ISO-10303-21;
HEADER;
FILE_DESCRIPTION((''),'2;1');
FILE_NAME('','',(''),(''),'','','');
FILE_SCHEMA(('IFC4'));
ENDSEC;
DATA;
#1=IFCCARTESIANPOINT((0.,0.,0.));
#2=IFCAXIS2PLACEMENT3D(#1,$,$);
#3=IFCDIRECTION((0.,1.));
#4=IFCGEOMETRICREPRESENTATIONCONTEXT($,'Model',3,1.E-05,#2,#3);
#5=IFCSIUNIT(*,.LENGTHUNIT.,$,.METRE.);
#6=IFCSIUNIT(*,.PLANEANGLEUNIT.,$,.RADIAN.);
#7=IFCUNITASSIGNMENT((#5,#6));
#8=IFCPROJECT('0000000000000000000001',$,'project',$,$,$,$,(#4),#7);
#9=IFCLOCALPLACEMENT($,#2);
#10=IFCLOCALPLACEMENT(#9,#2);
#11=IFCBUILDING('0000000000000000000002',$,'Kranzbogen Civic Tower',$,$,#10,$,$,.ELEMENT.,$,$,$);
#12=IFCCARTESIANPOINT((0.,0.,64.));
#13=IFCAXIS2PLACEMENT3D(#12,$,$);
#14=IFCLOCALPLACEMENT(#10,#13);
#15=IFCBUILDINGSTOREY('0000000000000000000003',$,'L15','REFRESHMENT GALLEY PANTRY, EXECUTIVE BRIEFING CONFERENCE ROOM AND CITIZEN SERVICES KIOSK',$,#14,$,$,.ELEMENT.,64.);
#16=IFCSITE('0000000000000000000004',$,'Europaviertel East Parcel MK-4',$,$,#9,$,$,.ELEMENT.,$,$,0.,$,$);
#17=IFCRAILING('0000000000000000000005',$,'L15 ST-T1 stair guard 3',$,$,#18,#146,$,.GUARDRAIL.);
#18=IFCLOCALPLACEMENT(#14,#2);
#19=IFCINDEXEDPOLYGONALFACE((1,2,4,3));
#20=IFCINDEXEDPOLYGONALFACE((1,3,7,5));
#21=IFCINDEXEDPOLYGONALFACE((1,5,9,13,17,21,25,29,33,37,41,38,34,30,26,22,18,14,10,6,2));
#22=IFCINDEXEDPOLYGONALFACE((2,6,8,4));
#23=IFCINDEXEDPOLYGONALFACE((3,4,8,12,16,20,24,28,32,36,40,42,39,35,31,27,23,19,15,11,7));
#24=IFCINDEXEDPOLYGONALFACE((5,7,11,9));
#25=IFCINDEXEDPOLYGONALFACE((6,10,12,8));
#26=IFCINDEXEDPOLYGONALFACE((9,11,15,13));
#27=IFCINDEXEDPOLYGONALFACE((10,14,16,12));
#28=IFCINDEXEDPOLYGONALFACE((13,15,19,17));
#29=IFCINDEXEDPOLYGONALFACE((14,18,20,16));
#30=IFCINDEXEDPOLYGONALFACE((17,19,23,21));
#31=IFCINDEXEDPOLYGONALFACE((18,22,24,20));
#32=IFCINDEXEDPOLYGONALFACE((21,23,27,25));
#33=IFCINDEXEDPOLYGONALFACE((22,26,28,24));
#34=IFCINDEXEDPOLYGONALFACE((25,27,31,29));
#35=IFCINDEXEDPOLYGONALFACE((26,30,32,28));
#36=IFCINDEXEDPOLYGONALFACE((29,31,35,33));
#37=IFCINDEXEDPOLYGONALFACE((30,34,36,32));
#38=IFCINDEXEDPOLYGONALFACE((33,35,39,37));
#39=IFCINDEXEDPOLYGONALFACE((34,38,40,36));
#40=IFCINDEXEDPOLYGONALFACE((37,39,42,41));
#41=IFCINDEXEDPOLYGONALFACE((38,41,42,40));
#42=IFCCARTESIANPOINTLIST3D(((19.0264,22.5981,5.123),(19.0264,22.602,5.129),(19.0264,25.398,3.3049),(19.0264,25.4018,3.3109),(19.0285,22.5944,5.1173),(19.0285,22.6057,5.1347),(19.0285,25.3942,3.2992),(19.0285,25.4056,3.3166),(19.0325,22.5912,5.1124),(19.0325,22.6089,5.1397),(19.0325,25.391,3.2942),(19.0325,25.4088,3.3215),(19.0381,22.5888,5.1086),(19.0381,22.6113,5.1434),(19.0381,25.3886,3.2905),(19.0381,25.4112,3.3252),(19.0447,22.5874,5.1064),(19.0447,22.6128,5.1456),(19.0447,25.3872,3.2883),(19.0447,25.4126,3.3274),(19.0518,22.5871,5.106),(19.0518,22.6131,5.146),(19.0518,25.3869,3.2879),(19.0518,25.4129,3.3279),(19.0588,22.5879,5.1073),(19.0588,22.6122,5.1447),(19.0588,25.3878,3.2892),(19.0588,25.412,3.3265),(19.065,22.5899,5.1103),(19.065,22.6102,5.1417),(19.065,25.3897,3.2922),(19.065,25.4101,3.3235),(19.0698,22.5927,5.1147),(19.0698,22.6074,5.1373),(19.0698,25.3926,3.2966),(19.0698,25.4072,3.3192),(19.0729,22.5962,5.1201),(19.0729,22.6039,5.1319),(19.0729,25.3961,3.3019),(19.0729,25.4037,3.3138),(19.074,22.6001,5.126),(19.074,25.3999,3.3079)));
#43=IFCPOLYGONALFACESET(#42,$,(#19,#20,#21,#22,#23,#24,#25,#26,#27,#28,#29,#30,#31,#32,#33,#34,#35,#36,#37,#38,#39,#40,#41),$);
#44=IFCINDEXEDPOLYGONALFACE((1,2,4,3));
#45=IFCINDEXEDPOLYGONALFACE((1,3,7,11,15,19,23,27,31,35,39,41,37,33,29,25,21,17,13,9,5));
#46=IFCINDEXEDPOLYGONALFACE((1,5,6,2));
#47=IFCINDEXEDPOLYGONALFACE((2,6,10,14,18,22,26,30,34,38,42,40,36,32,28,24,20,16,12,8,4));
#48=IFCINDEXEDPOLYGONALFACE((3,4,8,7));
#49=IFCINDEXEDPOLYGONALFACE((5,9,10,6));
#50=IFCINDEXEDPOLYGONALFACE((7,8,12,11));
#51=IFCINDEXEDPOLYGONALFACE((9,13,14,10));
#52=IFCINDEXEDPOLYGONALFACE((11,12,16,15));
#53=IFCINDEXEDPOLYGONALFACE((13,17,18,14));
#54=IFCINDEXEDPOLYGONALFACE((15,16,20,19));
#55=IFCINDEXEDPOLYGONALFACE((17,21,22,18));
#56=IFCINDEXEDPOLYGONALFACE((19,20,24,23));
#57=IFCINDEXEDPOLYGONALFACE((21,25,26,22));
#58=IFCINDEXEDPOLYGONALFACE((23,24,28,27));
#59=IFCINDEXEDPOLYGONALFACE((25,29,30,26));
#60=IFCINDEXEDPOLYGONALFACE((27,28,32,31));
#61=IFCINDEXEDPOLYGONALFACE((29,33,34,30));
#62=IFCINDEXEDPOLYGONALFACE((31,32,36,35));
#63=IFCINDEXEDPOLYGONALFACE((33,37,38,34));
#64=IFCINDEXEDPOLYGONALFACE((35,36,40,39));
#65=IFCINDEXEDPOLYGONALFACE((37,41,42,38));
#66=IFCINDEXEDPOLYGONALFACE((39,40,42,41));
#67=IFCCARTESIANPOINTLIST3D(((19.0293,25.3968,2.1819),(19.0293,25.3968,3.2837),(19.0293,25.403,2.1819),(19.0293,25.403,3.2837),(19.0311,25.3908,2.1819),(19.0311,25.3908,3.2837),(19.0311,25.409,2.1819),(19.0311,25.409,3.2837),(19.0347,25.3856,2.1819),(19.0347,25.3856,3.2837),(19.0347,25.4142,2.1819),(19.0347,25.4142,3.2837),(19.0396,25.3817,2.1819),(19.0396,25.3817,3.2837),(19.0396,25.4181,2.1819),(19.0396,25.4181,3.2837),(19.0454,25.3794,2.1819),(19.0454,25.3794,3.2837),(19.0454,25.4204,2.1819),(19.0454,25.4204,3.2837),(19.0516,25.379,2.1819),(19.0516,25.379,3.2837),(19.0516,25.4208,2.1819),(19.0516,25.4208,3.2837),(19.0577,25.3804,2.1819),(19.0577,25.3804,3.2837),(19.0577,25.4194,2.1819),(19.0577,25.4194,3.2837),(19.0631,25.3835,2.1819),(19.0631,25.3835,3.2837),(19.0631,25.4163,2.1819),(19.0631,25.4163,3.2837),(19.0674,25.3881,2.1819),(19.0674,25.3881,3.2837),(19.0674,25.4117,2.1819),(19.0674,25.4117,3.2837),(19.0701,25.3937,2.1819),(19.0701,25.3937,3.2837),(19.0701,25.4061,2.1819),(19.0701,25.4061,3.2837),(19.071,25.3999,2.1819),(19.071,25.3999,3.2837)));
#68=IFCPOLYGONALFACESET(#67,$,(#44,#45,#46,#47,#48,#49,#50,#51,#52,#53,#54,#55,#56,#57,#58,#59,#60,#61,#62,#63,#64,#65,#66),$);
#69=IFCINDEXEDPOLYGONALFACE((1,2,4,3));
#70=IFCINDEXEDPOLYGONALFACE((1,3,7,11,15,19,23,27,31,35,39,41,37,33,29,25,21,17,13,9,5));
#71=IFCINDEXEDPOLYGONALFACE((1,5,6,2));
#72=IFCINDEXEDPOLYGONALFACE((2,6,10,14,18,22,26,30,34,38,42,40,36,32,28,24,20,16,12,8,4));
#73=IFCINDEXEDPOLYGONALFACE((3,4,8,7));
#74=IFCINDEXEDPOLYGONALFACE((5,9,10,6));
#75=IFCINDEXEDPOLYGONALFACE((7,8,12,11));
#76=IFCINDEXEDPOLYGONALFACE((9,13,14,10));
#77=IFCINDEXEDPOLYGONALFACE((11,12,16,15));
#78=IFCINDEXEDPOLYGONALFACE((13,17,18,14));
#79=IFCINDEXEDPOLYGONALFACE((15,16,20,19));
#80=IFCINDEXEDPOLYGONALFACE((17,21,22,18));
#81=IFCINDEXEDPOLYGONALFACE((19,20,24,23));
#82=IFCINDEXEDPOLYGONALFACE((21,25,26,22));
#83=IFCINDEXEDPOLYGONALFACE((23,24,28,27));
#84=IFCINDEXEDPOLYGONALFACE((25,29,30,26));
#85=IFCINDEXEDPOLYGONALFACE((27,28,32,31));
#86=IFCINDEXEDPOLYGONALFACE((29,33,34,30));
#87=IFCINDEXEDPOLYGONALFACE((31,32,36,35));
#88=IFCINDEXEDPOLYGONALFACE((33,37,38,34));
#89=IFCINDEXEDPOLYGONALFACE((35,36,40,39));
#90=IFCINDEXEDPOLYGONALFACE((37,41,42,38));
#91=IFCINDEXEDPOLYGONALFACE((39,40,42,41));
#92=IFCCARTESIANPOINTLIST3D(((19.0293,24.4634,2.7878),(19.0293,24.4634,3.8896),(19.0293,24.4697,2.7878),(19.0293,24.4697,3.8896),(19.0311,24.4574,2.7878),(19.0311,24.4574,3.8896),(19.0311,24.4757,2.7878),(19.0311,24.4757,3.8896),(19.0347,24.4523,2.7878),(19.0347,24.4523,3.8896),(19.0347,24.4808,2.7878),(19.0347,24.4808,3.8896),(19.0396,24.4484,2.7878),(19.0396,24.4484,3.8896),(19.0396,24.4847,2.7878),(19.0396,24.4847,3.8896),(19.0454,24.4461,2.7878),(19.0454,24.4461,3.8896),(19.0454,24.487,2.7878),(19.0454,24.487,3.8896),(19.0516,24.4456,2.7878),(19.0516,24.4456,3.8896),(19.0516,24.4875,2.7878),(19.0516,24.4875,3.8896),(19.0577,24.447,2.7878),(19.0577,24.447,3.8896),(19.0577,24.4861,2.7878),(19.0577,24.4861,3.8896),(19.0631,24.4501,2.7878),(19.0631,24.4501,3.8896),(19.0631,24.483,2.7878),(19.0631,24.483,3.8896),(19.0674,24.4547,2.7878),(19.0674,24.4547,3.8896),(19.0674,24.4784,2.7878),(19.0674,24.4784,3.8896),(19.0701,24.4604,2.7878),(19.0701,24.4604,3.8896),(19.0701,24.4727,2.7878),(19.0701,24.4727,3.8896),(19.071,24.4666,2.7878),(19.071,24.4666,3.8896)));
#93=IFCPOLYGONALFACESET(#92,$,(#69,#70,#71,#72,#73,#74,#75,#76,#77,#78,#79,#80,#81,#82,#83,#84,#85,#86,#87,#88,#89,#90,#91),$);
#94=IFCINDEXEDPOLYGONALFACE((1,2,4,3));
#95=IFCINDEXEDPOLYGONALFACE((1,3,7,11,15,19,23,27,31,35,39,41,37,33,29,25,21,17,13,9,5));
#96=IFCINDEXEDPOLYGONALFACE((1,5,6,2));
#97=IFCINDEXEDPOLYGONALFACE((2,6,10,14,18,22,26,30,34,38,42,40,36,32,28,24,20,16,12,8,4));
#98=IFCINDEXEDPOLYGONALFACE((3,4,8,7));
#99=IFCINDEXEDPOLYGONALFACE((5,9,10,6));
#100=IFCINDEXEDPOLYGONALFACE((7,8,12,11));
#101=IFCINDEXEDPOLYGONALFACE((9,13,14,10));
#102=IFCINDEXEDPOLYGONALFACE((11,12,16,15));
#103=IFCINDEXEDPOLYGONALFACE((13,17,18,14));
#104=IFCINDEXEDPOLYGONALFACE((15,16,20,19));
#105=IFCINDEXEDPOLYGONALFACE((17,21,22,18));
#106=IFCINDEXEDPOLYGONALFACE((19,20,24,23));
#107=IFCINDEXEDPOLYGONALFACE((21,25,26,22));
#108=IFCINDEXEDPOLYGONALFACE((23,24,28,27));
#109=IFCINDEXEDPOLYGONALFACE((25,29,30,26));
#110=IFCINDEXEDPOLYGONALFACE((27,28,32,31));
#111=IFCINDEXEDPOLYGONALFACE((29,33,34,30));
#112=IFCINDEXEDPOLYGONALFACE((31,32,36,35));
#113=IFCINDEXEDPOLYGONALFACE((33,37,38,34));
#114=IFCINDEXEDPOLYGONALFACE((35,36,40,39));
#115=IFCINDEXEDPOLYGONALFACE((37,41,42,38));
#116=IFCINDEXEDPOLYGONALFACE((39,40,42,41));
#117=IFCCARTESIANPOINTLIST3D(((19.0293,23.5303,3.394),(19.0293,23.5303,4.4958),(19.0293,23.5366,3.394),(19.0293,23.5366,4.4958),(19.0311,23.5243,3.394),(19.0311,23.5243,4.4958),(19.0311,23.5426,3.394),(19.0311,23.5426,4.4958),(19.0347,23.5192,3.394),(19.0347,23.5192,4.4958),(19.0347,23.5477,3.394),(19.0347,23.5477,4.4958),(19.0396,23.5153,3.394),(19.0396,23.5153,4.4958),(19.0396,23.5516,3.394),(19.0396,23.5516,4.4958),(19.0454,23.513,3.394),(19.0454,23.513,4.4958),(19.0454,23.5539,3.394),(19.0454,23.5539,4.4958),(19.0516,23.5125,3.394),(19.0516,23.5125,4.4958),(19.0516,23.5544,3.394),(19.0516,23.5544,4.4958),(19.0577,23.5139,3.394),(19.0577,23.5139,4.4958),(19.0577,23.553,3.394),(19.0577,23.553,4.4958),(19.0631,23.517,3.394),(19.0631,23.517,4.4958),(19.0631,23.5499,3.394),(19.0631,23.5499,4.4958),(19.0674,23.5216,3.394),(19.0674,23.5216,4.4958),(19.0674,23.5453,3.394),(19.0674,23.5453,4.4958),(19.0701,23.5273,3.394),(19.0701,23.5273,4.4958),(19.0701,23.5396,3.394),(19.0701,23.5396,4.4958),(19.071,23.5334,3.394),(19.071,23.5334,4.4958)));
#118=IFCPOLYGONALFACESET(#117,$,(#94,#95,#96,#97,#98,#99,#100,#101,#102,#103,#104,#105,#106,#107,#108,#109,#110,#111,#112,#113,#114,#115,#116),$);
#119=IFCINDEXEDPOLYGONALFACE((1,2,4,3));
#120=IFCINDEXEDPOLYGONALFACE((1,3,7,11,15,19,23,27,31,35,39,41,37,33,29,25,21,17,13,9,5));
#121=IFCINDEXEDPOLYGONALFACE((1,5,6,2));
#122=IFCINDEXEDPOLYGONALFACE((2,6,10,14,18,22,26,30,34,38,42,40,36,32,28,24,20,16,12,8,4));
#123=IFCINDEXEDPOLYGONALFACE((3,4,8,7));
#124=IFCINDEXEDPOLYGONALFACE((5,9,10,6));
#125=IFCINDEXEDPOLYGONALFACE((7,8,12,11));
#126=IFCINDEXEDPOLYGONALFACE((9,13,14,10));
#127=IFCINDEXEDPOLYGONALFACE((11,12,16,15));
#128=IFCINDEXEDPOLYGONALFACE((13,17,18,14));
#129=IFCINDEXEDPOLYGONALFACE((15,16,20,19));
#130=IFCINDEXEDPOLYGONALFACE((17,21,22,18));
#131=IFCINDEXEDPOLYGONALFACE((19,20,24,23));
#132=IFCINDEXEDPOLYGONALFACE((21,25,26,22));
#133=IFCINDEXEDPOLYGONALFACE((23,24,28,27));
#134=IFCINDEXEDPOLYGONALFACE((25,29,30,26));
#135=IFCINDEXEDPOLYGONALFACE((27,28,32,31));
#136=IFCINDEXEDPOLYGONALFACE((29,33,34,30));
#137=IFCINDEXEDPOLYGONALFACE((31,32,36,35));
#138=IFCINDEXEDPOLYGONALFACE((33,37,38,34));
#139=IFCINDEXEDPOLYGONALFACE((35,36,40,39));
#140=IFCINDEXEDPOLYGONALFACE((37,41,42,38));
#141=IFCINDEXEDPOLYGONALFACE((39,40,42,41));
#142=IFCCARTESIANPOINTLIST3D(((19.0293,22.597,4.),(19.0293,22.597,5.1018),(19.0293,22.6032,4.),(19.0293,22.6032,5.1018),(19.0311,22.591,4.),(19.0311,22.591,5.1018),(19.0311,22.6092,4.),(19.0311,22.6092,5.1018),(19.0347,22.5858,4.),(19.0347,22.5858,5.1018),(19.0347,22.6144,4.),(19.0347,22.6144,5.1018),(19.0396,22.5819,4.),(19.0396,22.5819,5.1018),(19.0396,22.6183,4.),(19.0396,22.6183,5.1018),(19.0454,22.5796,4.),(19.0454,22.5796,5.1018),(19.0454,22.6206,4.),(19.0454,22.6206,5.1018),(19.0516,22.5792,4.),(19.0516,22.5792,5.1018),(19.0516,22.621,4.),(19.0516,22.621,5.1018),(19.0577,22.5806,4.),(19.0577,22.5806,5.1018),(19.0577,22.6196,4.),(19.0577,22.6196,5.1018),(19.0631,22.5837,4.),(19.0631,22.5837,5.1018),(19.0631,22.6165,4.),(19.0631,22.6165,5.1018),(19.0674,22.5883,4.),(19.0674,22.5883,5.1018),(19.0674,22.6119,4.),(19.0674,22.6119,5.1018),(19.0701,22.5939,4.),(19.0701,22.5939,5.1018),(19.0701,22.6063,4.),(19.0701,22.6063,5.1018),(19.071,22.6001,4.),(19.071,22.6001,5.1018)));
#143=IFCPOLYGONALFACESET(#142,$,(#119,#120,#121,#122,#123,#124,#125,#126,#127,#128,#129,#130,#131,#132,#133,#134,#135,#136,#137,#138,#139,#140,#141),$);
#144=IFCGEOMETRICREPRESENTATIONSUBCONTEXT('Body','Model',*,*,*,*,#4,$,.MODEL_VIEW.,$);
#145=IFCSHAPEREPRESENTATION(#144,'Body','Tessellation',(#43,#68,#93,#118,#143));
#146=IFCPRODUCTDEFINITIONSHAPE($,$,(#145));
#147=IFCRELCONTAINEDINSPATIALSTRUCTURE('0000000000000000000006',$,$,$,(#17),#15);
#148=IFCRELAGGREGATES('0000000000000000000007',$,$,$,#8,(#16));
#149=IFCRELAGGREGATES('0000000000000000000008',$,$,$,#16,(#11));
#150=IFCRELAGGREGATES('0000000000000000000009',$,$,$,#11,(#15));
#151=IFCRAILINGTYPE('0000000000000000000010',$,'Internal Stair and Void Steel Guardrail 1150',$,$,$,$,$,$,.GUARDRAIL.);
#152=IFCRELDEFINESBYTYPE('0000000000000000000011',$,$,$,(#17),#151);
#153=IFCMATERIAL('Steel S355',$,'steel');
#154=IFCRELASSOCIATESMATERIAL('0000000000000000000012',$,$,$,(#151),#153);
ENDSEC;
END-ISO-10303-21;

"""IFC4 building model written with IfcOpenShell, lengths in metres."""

from ifc_helpers import new_model, si_unit, direction, frame, origin, origin_2d, place, context, subcontext, project, spatial, circle, extrude, material, type_object, element, save


model = new_model("IFC4")

# Units and contexts
model_context = context("Model", 3, precision=1e-05, world=origin(), true_north=direction((0.0, 1.0)))
body_context = subcontext(model_context, "Body", "Model", "MODEL_VIEW")
ifc_project = project(units=[si_unit("LENGTHUNIT", "METRE"), si_unit("PLANEANGLEUNIT", "RADIAN")], contexts=[model_context])

# Site, building, storey
site_placement = place(None, origin())
site = spatial("IfcSite", under=ifc_project, at=site_placement, Name="Europaviertel East Parcel MK-4", CompositionType="ELEMENT", RefElevation=0.0)
building_placement = place(site_placement, origin())
building = spatial("IfcBuilding", under=site, at=building_placement, Name="Kranzbogen Civic Tower", CompositionType="ELEMENT")
storey_placement = place(building_placement, frame((0.0, 0.0, 64.0)))
storey = spatial("IfcBuildingStorey", under=building, at=storey_placement, Name="L15", Description="REFRESHMENT GALLEY PANTRY, EXECUTIVE BRIEFING CONFERENCE ROOM AND CITIZEN SERVICES KIOSK", CompositionType="ELEMENT", Elevation=64.0)

# Shared definitions
ifc_material_1 = material(Name="Steel S355", Category="steel")

# Railing
railing_type_1 = type_object("IfcRailingType", Name="Internal Stair and Void Steel Guardrail 1150", PredefinedType="GUARDRAIL", material=ifc_material_1)
railing_1_placement = place(storey_placement, frame((19.05, 25.3999, 2.1819)))
element("IfcRailing", 1, at=railing_1_placement, inside=storey, type_object=railing_type_1, Name="L15 ST-T1 stair guard 3", PredefinedType="GUARDRAIL", context=body_context, shape_type="SweptSolid", body=[
    extrude(circle(Radius=0.0239, at=origin_2d()), frame((0.0, 0.0, 1.126), z_axis=(0.0, -0.838684, 0.544618), x_axis=(1.0, 0.0, 0.0)), (0.0, 0.0, 1.0), 3.3384),
    extrude(circle(Radius=0.021, at=origin_2d()), origin(), (0.0, 0.0, 1.0), 1.1018),
    extrude(circle(Radius=0.021, at=origin_2d()), frame((0.0, -0.9333, 0.606)), (0.0, 0.0, 1.0), 1.1018),
    extrude(circle(Radius=0.021, at=origin_2d()), frame((0.0, -1.8665, 1.2122)), (0.0, 0.0, 1.0), 1.1018),
    extrude(circle(Radius=0.021, at=origin_2d()), frame((0.0, -2.7998, 1.8181)), (0.0, 0.0, 1.0), 1.1018),
])

save(model, "model.ifc")
